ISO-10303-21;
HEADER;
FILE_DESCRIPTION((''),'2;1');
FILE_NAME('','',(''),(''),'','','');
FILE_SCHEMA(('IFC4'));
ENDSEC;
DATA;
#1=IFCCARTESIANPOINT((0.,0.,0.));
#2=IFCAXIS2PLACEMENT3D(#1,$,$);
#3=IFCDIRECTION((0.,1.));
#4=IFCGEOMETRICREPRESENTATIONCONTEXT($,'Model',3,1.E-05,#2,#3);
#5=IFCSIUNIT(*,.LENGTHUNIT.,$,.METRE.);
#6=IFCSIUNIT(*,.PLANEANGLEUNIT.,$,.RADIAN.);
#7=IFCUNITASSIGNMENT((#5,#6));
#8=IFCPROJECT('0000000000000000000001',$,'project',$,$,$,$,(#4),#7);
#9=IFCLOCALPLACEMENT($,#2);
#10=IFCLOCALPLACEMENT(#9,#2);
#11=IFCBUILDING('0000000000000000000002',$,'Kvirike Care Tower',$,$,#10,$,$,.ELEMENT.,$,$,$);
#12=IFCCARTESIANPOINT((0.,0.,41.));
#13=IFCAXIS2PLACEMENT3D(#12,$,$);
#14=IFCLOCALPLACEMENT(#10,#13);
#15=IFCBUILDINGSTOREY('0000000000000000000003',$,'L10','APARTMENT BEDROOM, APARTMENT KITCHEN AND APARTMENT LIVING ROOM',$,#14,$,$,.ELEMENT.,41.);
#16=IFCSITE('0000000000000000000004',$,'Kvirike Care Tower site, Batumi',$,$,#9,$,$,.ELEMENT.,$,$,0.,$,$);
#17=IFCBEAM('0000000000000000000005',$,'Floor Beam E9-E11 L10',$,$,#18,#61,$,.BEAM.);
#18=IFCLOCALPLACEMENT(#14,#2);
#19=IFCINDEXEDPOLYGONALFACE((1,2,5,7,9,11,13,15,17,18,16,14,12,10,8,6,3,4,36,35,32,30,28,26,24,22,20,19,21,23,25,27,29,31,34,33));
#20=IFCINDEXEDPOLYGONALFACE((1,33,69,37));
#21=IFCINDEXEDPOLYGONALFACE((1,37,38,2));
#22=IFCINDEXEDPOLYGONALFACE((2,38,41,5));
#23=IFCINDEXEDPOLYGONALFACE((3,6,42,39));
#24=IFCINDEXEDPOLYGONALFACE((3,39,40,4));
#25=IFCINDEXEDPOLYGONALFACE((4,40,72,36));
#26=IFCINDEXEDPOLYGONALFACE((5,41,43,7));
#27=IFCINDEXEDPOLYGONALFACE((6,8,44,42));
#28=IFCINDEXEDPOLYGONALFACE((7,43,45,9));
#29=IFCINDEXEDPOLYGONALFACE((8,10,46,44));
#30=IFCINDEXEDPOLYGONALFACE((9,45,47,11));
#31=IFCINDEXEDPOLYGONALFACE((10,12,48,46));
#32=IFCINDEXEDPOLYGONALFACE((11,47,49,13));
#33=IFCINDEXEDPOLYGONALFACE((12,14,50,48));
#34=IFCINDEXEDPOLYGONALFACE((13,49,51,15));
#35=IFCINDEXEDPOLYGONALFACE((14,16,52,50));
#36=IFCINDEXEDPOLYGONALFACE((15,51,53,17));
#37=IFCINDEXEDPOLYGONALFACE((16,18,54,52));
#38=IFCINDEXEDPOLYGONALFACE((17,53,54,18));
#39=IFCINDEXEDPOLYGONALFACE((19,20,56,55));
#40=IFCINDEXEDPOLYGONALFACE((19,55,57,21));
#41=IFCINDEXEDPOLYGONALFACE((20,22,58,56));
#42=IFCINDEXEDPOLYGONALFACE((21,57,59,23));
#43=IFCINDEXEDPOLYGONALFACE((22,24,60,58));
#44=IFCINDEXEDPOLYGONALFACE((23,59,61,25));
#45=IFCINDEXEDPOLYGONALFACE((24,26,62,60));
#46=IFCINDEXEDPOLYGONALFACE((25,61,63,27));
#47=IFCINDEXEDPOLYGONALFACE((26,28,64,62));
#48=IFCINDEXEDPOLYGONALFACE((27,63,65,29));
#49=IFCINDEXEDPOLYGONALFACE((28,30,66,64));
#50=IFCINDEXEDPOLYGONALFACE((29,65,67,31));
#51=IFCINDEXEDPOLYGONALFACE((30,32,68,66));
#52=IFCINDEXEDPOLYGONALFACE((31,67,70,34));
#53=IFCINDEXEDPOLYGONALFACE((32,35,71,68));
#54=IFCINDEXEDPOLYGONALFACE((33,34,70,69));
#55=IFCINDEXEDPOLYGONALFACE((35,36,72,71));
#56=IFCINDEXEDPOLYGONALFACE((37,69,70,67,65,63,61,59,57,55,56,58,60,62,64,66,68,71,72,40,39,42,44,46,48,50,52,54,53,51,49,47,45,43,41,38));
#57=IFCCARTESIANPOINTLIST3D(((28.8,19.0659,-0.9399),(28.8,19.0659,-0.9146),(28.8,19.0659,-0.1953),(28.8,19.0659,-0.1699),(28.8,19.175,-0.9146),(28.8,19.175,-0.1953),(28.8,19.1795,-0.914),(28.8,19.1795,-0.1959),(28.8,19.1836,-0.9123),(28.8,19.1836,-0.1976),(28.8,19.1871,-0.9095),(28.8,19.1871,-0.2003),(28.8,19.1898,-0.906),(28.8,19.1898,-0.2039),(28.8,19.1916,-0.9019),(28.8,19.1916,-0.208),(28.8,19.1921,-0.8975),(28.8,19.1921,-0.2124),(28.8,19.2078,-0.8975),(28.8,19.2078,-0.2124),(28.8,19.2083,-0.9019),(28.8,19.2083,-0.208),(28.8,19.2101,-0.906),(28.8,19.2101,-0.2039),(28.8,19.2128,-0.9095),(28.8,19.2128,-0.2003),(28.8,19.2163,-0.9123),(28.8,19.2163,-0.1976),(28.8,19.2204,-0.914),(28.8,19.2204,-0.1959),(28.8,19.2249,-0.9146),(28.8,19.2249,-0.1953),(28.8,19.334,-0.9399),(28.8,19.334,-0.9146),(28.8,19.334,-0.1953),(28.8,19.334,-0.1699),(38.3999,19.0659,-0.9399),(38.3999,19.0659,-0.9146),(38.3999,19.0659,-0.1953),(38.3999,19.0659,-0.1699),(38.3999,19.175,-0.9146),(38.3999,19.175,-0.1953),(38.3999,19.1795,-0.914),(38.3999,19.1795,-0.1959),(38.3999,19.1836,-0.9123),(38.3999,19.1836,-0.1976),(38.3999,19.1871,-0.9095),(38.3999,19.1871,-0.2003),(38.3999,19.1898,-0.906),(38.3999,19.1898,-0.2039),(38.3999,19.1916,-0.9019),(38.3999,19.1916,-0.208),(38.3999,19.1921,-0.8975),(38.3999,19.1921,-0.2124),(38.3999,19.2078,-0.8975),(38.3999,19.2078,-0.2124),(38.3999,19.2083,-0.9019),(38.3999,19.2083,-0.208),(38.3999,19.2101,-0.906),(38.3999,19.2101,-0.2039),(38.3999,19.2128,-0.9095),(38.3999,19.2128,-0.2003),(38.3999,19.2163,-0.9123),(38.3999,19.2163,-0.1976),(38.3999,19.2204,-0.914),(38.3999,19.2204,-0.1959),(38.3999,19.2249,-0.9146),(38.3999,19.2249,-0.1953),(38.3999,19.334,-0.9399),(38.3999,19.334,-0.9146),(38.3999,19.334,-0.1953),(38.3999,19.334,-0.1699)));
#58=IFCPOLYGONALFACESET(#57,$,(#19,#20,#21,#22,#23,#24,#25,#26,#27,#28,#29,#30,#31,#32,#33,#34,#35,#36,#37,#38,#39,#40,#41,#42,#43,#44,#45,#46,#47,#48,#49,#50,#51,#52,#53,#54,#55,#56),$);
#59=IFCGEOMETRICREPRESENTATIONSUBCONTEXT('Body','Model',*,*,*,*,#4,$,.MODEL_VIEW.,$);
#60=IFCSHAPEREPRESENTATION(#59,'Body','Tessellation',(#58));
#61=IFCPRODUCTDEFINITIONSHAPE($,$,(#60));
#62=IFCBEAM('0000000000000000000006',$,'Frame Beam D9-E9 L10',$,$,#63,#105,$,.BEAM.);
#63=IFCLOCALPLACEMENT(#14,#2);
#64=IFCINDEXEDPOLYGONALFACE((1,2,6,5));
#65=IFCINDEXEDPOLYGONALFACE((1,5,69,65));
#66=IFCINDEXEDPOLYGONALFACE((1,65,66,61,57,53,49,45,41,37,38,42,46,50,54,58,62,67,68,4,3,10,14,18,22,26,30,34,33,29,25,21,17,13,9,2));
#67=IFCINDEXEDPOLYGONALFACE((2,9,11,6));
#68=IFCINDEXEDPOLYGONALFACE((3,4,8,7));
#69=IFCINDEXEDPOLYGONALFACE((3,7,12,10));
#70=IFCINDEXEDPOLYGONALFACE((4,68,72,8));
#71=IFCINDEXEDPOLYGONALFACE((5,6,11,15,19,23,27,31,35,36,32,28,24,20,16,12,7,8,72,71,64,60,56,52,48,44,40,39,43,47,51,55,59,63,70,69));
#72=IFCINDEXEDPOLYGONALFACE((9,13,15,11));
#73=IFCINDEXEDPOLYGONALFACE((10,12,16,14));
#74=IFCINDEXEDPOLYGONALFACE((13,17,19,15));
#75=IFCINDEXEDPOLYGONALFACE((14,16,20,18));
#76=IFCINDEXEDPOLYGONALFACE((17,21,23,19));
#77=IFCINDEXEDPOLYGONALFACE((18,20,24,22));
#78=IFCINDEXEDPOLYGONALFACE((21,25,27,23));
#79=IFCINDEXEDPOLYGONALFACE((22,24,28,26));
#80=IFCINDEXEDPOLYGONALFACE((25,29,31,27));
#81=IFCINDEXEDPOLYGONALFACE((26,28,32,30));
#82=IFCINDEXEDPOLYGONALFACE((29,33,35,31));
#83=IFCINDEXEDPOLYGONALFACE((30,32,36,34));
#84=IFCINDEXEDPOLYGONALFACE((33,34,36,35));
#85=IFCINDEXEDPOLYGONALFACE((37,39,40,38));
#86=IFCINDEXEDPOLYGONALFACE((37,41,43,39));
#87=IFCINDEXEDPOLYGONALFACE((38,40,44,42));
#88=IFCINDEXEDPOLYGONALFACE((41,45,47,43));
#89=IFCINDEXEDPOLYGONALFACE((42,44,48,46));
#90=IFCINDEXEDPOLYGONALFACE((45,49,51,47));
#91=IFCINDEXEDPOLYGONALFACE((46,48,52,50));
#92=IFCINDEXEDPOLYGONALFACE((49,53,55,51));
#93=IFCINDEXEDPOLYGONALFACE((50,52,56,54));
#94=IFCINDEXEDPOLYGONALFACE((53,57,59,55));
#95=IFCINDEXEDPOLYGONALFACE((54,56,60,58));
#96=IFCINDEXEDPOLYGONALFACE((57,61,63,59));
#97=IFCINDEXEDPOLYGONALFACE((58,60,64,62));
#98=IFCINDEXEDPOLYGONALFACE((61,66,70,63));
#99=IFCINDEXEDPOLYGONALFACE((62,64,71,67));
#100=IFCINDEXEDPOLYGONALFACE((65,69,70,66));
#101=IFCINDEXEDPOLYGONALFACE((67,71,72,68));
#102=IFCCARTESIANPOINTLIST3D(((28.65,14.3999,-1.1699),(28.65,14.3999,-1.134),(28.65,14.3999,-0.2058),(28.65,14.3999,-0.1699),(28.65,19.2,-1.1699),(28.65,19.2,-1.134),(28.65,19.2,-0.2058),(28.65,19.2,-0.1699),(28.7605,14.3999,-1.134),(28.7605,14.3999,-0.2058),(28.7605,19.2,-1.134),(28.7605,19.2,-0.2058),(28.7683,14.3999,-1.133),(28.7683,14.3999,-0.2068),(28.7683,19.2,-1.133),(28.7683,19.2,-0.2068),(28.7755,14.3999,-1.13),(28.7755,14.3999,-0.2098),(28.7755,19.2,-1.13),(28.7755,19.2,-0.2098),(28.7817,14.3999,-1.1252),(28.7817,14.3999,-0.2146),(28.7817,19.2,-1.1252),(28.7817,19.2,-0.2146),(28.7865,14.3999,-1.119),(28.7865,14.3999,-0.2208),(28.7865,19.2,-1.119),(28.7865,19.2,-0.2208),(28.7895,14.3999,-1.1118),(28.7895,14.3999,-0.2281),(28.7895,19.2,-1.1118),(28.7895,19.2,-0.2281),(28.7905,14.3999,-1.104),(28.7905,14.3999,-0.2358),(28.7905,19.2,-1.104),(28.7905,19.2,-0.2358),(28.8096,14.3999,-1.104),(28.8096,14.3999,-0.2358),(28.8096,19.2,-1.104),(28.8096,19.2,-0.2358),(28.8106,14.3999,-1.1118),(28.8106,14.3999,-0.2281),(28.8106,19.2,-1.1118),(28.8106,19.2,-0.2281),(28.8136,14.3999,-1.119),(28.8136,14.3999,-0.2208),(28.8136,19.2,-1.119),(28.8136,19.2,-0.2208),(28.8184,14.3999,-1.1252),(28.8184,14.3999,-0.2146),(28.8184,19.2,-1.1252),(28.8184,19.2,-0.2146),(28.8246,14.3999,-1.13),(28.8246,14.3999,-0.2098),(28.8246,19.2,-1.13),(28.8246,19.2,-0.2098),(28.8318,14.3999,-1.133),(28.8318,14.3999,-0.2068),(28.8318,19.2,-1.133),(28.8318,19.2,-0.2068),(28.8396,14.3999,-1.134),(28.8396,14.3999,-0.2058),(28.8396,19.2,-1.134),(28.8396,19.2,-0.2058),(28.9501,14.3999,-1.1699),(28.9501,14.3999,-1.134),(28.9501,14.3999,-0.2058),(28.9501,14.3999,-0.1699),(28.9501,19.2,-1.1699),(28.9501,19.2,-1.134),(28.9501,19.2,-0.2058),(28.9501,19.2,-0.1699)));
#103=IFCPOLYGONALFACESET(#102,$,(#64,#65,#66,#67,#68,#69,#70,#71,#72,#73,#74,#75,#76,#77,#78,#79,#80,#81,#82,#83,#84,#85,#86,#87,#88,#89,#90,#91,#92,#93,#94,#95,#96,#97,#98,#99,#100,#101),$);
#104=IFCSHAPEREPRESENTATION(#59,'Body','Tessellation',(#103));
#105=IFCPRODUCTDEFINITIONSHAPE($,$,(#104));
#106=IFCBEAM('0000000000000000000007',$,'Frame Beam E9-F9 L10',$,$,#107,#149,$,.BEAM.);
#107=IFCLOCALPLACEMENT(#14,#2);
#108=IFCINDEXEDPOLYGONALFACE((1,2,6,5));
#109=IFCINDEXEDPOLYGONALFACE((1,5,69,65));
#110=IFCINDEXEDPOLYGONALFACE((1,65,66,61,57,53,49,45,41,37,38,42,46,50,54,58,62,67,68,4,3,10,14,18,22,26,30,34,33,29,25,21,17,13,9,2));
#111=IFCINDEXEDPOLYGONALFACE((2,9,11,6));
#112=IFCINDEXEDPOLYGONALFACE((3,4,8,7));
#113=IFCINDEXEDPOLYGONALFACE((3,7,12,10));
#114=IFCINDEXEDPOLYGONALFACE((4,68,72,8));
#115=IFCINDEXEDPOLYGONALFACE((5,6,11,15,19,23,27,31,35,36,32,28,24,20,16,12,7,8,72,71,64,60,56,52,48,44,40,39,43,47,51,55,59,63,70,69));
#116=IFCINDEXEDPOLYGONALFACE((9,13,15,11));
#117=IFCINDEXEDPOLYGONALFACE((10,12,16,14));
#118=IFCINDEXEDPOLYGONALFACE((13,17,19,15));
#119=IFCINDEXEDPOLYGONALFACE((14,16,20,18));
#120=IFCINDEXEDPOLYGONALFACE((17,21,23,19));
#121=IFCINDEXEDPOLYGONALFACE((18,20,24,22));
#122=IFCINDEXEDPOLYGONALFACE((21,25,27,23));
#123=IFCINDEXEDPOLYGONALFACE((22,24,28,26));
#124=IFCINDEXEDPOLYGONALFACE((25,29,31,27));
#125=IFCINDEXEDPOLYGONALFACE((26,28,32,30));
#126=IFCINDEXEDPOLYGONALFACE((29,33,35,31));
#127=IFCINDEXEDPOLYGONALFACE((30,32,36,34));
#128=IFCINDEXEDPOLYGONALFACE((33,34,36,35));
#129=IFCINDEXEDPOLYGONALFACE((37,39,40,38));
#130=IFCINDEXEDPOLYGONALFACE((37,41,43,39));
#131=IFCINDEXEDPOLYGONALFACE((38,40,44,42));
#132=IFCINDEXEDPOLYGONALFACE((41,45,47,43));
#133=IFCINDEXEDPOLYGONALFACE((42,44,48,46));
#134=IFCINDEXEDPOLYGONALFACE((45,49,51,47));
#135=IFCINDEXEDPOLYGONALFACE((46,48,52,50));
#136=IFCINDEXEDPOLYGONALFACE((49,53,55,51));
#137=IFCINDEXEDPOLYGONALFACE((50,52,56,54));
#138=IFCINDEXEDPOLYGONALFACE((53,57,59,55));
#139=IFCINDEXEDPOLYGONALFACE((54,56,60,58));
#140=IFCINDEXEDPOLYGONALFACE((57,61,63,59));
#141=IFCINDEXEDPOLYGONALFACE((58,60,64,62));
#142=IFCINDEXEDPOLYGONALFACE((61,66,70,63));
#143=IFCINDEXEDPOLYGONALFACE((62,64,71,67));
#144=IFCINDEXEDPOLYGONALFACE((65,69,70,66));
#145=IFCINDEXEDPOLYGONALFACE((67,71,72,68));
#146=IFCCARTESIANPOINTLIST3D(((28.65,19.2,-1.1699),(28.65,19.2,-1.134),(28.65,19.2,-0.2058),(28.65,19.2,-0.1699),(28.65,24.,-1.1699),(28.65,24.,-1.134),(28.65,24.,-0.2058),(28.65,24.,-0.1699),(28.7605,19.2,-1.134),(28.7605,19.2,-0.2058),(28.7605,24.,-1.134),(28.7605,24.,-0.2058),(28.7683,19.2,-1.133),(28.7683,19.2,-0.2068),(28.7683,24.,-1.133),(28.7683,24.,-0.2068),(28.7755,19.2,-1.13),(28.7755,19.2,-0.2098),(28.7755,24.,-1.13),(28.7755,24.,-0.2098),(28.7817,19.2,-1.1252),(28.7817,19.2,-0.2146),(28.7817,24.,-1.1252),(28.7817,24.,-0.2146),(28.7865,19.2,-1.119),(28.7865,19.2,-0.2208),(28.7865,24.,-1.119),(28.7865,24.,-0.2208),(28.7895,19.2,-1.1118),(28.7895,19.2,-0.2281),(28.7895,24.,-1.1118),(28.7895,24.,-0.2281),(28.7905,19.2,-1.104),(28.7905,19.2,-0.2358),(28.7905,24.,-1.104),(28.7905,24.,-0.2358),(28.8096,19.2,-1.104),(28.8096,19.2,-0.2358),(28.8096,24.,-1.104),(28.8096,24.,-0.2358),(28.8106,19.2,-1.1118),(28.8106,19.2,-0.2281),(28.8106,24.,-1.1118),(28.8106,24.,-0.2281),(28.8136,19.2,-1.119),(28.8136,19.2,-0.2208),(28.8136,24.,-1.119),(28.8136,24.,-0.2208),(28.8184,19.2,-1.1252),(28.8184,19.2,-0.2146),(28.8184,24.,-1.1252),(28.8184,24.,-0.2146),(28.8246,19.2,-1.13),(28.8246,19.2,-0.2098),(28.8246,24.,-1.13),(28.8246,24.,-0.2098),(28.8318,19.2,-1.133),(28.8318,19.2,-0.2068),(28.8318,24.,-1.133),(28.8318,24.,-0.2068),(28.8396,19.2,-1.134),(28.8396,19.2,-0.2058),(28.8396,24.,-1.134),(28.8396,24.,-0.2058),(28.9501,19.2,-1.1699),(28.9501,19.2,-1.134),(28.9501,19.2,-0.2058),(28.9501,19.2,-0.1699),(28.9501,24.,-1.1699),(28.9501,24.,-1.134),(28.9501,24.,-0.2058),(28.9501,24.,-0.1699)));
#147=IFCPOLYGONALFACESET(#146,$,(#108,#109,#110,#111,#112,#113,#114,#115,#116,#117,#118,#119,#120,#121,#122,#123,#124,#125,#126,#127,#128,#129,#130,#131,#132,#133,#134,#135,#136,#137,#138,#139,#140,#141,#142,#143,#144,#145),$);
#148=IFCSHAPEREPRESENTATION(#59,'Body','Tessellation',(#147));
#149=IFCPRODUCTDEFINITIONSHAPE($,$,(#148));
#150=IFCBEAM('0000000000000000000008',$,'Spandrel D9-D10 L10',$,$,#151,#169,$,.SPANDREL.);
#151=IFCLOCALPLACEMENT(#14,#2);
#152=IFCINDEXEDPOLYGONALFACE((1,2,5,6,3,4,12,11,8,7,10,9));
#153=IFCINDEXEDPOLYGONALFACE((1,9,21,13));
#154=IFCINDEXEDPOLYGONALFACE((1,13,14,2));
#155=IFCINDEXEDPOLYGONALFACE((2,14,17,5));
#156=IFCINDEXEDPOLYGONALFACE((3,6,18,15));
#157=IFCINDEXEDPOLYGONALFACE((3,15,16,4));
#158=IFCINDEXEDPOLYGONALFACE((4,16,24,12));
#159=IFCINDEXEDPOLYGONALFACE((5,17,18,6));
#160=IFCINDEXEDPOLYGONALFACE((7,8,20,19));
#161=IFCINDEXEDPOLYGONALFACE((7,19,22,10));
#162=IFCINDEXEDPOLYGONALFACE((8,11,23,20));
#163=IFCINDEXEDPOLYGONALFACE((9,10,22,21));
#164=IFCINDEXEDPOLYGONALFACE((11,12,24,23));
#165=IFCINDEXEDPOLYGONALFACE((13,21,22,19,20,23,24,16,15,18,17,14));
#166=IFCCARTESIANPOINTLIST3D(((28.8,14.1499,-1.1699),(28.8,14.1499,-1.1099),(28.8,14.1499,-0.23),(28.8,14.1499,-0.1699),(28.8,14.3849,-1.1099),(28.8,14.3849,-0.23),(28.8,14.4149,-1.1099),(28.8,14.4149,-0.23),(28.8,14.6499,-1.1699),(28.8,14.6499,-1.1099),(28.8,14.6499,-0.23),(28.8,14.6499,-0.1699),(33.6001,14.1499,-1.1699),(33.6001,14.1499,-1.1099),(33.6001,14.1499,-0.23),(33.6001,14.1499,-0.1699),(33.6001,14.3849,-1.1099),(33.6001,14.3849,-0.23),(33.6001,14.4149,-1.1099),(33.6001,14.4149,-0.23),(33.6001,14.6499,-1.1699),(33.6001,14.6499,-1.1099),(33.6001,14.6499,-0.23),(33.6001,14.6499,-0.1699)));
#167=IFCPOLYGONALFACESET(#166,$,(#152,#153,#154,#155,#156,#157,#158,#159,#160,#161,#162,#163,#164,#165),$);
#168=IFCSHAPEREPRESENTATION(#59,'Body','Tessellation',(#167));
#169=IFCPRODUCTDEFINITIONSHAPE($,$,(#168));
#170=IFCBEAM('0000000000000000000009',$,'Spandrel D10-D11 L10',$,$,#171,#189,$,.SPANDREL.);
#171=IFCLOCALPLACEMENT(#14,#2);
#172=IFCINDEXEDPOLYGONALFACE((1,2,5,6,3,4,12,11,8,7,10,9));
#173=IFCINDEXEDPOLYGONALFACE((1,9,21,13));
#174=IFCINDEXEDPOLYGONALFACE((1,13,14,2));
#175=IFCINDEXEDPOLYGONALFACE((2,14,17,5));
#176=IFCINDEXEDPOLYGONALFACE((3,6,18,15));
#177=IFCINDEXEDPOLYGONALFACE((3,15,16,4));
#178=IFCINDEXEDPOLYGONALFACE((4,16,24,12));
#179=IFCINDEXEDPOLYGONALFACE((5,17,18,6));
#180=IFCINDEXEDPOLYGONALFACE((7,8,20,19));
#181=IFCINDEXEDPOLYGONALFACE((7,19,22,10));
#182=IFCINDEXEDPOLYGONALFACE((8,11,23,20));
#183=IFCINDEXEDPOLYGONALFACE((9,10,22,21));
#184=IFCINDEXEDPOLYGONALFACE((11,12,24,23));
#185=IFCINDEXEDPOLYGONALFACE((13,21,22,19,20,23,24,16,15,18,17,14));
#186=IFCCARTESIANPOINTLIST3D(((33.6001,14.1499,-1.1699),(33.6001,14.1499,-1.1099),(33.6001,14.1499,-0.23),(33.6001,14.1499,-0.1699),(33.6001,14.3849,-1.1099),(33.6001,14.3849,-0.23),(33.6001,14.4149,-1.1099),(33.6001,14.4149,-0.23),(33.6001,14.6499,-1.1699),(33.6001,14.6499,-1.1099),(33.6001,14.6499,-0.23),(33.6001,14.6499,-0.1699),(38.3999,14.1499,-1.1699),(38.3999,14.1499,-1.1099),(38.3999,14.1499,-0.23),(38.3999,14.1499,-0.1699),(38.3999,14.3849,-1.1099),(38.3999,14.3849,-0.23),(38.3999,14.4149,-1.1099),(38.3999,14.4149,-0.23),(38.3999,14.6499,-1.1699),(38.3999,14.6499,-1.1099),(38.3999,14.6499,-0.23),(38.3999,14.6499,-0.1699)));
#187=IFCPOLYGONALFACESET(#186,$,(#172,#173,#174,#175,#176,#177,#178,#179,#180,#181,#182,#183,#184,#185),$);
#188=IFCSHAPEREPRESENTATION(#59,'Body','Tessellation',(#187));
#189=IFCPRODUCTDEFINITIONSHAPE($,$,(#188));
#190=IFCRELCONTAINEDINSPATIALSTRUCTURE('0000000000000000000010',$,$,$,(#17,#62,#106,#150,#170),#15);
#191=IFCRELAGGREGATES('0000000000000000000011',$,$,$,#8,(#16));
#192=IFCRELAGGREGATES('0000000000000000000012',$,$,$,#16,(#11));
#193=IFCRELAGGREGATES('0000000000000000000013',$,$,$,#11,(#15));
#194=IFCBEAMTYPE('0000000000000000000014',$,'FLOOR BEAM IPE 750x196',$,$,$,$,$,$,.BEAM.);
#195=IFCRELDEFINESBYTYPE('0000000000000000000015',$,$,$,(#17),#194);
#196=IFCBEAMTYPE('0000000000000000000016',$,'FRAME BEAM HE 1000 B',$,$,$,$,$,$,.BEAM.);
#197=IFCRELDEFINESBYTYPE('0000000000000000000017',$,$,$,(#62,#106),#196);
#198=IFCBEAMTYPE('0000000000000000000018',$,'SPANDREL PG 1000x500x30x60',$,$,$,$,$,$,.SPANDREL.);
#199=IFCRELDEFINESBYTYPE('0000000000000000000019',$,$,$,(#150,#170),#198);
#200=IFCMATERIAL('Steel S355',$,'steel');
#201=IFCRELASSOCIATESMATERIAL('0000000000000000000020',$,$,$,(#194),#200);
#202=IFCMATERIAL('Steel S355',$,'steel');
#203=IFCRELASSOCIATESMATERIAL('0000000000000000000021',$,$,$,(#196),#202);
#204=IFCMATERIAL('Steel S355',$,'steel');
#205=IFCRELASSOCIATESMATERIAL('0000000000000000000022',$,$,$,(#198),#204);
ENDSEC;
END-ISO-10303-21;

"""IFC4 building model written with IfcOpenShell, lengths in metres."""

from ifc_helpers import new_model, si_unit, direction, frame, origin, origin_2d, place, context, subcontext, project, spatial, i_section, extrude, material, material_profile, profile_set, type_object, element, save


model = new_model("IFC4")

# Units and contexts
model_context = context("Model", 3, precision=1e-05, world=origin(), true_north=direction((0.0, 1.0)))
body_context = subcontext(model_context, "Body", "Model", "MODEL_VIEW")
ifc_project = project(units=[si_unit("LENGTHUNIT", "METRE"), si_unit("PLANEANGLEUNIT", "RADIAN")], contexts=[model_context])

# Site, building, storey
site_placement = place(None, origin())
site = spatial("IfcSite", under=ifc_project, at=site_placement, Name="Kvirike Care Tower site, Batumi", CompositionType="ELEMENT", RefElevation=0.0)
building_placement = place(site_placement, origin())
building = spatial("IfcBuilding", under=site, at=building_placement, Name="Kvirike Care Tower", CompositionType="ELEMENT")
storey_placement = place(building_placement, frame((0.0, 0.0, 41.0)))
storey = spatial("IfcBuildingStorey", under=building, at=storey_placement, Name="L10", Description="APARTMENT BEDROOM, APARTMENT KITCHEN AND APARTMENT LIVING ROOM", CompositionType="ELEMENT", Elevation=41.0)

# Beams
ifc_material_1 = material(Name="Steel S355", Category="steel")
ifc_material_profile_1 = material_profile(ifc_material_1, i_section(OverallWidth=0.2681, OverallDepth=0.77, WebThickness=0.0156, FlangeThickness=0.0254, FilletRadius=0.0171, at=origin_2d()), Name="IPE 750x196")
ifc_profile_set_1 = profile_set([ifc_material_profile_1], Name="Steel S355")
beam_type_1 = type_object("IfcBeamType", Name="FLOOR BEAM IPE 750x196", PredefinedType="BEAM", material=ifc_profile_set_1)
beam_1_placement = place(storey_placement, frame((28.8, 19.2, -0.5549), z_axis=(1.0, 0.0, 0.0), x_axis=(0.0, 1.0, 0.0)))
element("IfcBeam", 1, at=beam_1_placement, inside=storey, type_object=beam_type_1, Name="Floor Beam E9-E11 L10", PredefinedType="BEAM", context=body_context, shape_type="SweptSolid", body=[
    extrude(i_section(OverallWidth=0.2681, OverallDepth=0.77, WebThickness=0.0156, FlangeThickness=0.0254, FilletRadius=0.0171, at=origin_2d()), origin(), (0.0, 0.0, 1.0), 9.5999),
])
ifc_material_2 = material(Name="Steel S355", Category="steel")
ifc_material_profile_2 = material_profile(ifc_material_2, i_section(OverallWidth=0.3, OverallDepth=1.0, WebThickness=0.019, FlangeThickness=0.0359, FilletRadius=0.03, at=origin_2d()), Name="HE 1000 B")
ifc_profile_set_2 = profile_set([ifc_material_profile_2], Name="Steel S355")
beam_type_2 = type_object("IfcBeamType", Name="FRAME BEAM HE 1000 B", PredefinedType="BEAM", material=ifc_profile_set_2)
for number, where, z_axis, x_axis, name in (
    (2, (28.8, 14.3999, -0.6699), (0.0, 1.0, 0.0), (-1.0, 0.0, 0.0), "Frame Beam D9-E9 L10"),
    (3, (28.8, 19.2, -0.6699), (0.0, 1.0, 0.0), (-1.0, 0.0, 0.0), "Frame Beam E9-F9 L10"),
):
    element("IfcBeam", number, at=place(storey_placement, frame(where, z_axis=z_axis, x_axis=x_axis)), inside=storey, type_object=beam_type_2, Name=name, PredefinedType="BEAM", context=body_context, shape_type="SweptSolid", body=[
        extrude(i_section(OverallWidth=0.3, OverallDepth=1.0, WebThickness=0.019, FlangeThickness=0.0359, FilletRadius=0.03, at=origin_2d()), origin(), (0.0, 0.0, 1.0), 4.8),
    ])
ifc_material_3 = material(Name="Steel S355", Category="steel")
ifc_material_profile_3 = material_profile(ifc_material_3, i_section(OverallWidth=0.5, OverallDepth=1.0, WebThickness=0.03, FlangeThickness=0.0601, at=origin_2d()), Name="PG 1000x500x30x60")
ifc_profile_set_3 = profile_set([ifc_material_profile_3], Name="Steel S355")
beam_type_3 = type_object("IfcBeamType", Name="SPANDREL PG 1000x500x30x60", PredefinedType="SPANDREL", material=ifc_profile_set_3)
beam_2_placement = place(storey_placement, frame((28.8, 14.3999, -0.6699), z_axis=(1.0, 0.0, 0.0), x_axis=(0.0, 1.0, 0.0)))
element("IfcBeam", 4, at=beam_2_placement, inside=storey, type_object=beam_type_3, Name="Spandrel D9-D10 L10", PredefinedType="SPANDREL", context=body_context, shape_type="SweptSolid", body=[
    extrude(i_section(OverallWidth=0.5, OverallDepth=1.0, WebThickness=0.03, FlangeThickness=0.0601, at=origin_2d()), origin(), (0.0, 0.0, 1.0), 4.8),
])
beam_3_placement = place(storey_placement, frame((33.6001, 14.3999, -0.6699), z_axis=(1.0, 0.0, 0.0), x_axis=(0.0, 1.0, 0.0)))
element("IfcBeam", 5, at=beam_3_placement, inside=storey, type_object=beam_type_3, Name="Spandrel D10-D11 L10", PredefinedType="SPANDREL", context=body_context, shape_type="SweptSolid", body=[
    extrude(i_section(OverallWidth=0.5, OverallDepth=1.0, WebThickness=0.03, FlangeThickness=0.0601, at=origin_2d()), origin(), (0.0, 0.0, 1.0), 4.7998),
])

save(model, "model.ifc")
